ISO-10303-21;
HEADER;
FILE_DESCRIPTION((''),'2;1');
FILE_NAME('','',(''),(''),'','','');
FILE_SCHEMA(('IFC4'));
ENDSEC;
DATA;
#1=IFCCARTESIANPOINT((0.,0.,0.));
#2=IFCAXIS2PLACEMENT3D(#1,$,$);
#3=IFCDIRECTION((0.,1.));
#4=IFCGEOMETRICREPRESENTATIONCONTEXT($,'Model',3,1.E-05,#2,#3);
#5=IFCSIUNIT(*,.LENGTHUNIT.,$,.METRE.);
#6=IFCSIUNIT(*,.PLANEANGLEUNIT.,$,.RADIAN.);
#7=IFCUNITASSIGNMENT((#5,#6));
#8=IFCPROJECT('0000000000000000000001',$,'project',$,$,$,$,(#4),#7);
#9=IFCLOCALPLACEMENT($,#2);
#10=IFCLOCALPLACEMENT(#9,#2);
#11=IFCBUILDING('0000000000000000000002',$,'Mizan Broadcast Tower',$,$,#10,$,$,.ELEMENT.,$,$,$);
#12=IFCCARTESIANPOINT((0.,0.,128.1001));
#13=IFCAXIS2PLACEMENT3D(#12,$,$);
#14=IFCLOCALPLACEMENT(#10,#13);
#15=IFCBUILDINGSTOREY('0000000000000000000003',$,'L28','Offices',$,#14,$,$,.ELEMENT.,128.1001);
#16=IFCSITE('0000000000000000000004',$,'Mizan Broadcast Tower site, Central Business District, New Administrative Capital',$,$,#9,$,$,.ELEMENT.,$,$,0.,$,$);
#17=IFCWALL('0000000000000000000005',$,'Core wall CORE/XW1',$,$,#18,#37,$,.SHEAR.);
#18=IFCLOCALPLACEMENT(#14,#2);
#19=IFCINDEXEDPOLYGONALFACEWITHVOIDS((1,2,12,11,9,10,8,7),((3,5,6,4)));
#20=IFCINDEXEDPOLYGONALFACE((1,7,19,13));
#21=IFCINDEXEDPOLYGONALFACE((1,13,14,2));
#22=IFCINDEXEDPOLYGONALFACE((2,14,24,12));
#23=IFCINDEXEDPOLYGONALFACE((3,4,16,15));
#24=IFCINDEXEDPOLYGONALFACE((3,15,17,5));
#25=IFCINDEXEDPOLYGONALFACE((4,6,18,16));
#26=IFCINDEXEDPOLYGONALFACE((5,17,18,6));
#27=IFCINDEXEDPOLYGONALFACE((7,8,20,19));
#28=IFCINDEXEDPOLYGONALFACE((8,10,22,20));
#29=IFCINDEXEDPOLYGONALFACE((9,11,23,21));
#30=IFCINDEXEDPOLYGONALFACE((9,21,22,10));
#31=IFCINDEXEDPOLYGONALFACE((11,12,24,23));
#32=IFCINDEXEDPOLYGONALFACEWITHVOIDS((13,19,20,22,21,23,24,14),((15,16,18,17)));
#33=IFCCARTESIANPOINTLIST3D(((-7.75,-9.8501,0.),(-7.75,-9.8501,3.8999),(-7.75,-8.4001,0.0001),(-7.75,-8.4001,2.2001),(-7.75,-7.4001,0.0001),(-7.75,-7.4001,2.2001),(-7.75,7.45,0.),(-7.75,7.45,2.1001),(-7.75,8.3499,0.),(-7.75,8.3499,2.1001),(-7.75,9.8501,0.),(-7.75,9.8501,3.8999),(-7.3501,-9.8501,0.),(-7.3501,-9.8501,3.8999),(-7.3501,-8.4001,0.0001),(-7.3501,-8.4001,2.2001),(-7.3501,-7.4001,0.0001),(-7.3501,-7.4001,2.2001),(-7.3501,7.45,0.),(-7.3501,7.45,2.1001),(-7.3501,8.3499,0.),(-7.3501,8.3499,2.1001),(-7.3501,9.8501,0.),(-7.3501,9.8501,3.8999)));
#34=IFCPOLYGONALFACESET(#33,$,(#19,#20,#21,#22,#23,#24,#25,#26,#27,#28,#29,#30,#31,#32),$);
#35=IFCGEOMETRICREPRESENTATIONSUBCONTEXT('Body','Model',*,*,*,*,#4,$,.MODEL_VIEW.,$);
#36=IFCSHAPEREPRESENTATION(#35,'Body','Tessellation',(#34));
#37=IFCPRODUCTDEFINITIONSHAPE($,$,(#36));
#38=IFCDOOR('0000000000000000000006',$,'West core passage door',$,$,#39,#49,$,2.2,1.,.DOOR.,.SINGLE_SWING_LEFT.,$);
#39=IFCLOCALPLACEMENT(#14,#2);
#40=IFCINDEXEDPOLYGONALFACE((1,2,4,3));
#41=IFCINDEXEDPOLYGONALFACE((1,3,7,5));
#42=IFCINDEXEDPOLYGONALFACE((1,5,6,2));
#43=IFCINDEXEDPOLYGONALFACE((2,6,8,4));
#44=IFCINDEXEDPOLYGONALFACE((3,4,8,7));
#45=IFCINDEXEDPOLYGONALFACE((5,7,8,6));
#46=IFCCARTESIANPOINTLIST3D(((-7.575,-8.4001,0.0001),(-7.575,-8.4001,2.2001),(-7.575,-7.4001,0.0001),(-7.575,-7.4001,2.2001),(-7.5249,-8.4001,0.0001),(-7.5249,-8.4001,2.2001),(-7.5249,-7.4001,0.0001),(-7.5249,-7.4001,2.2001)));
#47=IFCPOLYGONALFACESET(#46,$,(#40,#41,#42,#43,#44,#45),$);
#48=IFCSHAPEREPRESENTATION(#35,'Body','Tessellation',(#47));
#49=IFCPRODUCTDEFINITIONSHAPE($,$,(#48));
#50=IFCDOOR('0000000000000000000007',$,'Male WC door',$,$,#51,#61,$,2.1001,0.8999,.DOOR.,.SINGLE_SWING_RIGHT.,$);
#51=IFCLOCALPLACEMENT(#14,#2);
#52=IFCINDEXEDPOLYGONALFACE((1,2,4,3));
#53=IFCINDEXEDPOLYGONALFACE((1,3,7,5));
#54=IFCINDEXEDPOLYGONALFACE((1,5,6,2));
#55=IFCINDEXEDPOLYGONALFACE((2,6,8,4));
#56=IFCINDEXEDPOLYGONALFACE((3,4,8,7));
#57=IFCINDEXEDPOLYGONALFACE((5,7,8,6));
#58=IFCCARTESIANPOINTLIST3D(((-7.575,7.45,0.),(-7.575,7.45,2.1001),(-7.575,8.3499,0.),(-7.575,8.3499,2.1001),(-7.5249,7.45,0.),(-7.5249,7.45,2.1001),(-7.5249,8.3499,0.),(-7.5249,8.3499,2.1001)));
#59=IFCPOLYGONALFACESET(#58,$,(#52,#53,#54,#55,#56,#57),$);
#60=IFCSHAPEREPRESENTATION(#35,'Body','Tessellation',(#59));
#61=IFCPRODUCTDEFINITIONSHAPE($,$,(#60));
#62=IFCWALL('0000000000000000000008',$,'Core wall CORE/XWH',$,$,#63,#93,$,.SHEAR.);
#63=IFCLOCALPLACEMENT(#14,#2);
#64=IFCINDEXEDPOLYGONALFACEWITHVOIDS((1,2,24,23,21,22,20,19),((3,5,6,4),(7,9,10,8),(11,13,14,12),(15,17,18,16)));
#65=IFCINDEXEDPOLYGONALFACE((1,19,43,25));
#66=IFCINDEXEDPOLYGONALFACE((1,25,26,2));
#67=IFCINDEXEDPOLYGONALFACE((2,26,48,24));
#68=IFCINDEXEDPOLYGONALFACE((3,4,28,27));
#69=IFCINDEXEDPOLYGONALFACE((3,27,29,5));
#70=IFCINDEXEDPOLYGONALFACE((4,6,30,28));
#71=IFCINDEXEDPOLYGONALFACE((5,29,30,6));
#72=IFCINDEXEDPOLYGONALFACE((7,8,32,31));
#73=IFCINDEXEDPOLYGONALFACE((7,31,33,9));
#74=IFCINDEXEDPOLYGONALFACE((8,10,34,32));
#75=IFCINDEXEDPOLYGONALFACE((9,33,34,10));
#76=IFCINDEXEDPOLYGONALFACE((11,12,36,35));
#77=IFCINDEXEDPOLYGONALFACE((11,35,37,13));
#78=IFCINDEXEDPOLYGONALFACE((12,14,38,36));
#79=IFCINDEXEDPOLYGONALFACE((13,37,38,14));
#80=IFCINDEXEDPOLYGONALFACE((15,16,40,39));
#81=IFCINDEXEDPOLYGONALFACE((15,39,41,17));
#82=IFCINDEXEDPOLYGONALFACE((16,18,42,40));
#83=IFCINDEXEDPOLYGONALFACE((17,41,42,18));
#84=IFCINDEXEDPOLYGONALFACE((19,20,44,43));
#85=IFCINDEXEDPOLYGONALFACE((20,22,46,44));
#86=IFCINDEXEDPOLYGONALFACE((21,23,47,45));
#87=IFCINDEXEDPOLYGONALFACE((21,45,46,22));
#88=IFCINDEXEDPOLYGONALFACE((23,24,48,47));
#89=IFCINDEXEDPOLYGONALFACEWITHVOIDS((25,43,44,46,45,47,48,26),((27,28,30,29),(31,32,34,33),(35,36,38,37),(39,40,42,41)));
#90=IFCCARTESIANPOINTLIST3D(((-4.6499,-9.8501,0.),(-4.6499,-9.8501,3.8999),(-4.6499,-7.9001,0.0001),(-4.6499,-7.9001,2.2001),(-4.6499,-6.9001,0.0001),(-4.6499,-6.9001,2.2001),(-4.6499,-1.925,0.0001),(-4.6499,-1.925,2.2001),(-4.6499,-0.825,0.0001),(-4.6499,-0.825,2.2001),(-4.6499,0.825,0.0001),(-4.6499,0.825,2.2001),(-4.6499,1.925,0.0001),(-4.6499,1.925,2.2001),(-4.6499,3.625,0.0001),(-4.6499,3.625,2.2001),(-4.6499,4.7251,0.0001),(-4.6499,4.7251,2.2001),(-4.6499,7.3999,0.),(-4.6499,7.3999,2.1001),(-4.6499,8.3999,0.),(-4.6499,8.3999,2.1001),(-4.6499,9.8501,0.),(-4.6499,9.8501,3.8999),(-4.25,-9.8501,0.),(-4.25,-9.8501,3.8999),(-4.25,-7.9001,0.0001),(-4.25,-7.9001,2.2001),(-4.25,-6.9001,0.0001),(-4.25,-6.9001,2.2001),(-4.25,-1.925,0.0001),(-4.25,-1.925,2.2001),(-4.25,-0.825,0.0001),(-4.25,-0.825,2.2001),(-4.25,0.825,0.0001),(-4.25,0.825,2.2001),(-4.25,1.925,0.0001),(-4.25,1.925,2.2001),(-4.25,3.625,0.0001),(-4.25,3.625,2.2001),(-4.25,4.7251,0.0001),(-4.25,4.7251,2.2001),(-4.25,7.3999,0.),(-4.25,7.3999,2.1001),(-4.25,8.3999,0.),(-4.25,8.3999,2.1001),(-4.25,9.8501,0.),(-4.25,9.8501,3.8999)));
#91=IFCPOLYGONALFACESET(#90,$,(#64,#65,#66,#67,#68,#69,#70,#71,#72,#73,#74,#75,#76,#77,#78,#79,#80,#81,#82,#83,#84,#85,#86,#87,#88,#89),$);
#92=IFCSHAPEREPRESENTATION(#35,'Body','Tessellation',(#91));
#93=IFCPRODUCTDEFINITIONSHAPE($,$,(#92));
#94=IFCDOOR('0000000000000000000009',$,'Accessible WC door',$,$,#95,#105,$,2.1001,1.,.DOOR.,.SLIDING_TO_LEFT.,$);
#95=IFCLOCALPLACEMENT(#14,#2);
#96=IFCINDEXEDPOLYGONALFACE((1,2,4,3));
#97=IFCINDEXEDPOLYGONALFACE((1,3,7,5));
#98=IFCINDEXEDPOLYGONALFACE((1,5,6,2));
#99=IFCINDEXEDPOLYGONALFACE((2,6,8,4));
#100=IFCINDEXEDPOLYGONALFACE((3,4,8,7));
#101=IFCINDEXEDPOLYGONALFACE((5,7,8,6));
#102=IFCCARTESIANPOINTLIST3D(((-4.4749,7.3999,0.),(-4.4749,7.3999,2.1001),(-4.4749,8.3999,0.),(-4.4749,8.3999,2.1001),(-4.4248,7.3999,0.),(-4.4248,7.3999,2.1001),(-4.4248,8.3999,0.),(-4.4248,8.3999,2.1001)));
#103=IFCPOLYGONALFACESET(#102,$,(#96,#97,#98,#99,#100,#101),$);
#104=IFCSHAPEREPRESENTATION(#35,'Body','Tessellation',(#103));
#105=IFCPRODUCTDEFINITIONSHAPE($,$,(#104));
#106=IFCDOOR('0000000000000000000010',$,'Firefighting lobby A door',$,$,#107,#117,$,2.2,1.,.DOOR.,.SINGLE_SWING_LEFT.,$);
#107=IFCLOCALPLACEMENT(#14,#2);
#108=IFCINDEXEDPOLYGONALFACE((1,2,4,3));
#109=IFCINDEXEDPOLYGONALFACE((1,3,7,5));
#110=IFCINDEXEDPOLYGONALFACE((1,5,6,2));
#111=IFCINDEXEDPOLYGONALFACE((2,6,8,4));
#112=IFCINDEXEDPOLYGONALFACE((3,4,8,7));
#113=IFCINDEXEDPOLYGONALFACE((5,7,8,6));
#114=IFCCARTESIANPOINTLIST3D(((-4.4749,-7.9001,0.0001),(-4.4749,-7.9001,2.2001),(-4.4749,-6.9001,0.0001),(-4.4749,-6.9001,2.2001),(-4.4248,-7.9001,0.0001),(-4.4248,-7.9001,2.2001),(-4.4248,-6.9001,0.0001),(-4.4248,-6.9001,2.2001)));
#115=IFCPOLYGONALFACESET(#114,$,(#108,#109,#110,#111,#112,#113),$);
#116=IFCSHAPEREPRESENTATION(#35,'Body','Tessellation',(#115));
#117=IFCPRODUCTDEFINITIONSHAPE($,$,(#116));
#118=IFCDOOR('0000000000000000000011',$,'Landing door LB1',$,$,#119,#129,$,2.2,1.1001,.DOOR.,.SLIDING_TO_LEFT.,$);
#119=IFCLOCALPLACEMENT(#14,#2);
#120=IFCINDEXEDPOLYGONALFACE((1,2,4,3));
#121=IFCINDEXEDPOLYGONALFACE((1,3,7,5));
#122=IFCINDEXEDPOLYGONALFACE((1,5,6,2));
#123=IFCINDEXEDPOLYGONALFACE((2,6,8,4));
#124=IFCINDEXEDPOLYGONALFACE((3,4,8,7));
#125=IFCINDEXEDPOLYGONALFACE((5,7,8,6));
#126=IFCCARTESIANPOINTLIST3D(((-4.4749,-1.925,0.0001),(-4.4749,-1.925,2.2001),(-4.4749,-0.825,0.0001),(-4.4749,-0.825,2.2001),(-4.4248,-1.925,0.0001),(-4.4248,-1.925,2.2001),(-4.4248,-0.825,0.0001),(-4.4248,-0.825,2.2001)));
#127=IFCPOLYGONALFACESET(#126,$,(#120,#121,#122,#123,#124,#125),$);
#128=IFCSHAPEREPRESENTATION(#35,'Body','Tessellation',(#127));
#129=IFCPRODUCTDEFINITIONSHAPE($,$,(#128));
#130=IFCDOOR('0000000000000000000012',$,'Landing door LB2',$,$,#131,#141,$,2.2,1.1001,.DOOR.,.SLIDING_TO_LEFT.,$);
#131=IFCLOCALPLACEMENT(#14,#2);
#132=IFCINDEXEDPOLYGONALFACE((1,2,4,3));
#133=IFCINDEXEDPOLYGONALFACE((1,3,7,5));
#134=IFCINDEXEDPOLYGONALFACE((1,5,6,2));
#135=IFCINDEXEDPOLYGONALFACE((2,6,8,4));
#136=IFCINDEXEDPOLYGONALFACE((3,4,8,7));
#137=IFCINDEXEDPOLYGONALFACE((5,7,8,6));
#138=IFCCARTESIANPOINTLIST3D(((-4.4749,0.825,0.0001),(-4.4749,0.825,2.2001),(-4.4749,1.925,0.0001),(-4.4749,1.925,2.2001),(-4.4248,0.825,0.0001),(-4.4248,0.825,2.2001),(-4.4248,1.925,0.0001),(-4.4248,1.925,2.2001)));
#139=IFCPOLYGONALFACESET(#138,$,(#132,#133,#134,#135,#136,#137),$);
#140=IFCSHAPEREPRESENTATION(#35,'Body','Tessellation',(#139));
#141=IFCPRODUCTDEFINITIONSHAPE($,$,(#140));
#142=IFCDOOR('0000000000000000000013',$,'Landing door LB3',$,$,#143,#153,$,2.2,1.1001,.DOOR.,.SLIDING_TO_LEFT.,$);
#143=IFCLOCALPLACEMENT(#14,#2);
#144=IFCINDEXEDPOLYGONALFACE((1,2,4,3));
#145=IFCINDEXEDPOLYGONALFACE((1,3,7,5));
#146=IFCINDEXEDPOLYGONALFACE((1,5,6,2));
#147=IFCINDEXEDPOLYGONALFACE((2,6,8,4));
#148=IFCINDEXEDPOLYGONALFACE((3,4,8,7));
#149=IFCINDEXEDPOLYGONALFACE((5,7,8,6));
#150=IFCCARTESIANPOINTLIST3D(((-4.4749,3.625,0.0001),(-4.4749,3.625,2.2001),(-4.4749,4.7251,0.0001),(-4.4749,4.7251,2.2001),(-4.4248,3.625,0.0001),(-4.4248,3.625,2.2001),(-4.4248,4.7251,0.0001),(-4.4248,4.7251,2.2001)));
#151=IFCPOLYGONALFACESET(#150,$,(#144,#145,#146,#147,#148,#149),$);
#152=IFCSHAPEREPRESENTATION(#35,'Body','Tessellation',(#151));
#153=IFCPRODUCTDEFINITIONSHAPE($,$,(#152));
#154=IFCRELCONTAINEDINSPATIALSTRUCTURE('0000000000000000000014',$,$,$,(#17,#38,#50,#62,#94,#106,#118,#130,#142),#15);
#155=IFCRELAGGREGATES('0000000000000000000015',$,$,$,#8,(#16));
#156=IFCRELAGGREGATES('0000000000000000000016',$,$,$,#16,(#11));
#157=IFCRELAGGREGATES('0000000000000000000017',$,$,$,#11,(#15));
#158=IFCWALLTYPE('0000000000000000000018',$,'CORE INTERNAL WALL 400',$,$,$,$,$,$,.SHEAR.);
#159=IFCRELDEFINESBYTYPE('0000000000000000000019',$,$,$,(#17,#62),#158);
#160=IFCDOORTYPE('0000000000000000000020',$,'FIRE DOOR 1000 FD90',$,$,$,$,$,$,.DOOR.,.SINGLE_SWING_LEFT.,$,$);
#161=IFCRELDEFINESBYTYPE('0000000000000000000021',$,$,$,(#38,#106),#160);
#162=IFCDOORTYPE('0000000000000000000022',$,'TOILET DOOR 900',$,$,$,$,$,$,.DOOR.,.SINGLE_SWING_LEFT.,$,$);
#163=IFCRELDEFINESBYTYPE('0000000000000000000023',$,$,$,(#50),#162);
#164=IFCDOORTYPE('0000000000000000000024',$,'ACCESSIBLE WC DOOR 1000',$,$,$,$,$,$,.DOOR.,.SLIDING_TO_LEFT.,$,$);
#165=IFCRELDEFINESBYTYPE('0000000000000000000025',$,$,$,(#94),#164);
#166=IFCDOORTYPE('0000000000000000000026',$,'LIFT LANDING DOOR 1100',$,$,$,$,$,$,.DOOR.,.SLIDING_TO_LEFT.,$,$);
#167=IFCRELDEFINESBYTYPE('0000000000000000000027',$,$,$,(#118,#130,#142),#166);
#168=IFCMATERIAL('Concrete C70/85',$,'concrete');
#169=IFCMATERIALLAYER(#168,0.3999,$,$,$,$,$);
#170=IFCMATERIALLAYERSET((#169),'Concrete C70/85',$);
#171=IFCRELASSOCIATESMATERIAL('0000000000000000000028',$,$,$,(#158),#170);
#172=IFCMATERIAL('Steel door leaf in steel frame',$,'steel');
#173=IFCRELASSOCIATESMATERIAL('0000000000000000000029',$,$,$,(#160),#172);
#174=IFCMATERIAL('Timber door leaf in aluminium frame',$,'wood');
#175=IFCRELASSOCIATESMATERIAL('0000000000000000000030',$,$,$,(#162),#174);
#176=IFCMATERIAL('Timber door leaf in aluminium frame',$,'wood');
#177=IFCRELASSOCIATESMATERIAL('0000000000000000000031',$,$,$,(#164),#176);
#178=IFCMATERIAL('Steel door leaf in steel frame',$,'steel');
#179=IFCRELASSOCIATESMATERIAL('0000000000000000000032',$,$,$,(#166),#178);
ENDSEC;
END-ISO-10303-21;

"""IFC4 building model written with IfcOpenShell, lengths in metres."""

from ifc_helpers import new_model, si_unit, direction, frame, frame_2d, origin, place, context, subcontext, project, spatial, rectangle, extrude, material, layer, layer_set, type_object, element, fill, save


model = new_model("IFC4")

# Units and contexts
model_context = context("Model", 3, precision=1e-05, world=origin(), true_north=direction((0.0, 1.0)))
body_context = subcontext(model_context, "Body", "Model", "MODEL_VIEW")
ifc_project = project(units=[si_unit("LENGTHUNIT", "METRE"), si_unit("PLANEANGLEUNIT", "RADIAN")], contexts=[model_context])

# Site, building, storey
site_placement = place(None, origin())
site = spatial("IfcSite", under=ifc_project, at=site_placement, Name="Mizan Broadcast Tower site, Central Business District, New Administrative Capital", CompositionType="ELEMENT", RefElevation=0.0)
building_placement = place(site_placement, origin())
building = spatial("IfcBuilding", under=site, at=building_placement, Name="Mizan Broadcast Tower", CompositionType="ELEMENT")
storey_placement = place(building_placement, frame((0.0, 0.0, 128.1001)))
storey = spatial("IfcBuildingStorey", under=building, at=storey_placement, Name="L28", Description="Offices", CompositionType="ELEMENT", Elevation=128.1001)

# Walls, openings, doors
ifc_material_1 = material(Name="Concrete C70/85", Category="concrete")
ifc_layer_1 = layer(ifc_material_1, 0.3999)
ifc_layer_set_1 = layer_set([ifc_layer_1], Name="Concrete C70/85")
wall_type_1 = type_object("IfcWallType", Name="CORE INTERNAL WALL 400", PredefinedType="SHEAR", material=ifc_layer_set_1)
wall_1_placement = place(storey_placement, frame((-7.55, -9.8501, 0.0), z_axis=(0.0, 0.0, 1.0), x_axis=(0.0, 1.0, 0.0)))
wall_1 = element("IfcWall", 1, at=wall_1_placement, inside=storey, type_object=wall_type_1, Name="Core wall CORE/XW1", PredefinedType="SHEAR", context=body_context, shape_type="SweptSolid", body=[
    extrude(rectangle(XDim=19.7002, YDim=0.3999, at=frame_2d((9.8501, 0.0))), origin(), (0.0, 0.0, 1.0), 3.8999),
])
opening_1_placement = place(wall_1_placement, frame((1.45, 0.0, 0.0)))
opening_1 = element("IfcOpeningElement", 2, at=opening_1_placement, cuts=wall_1, PredefinedType="OPENING", context=body_context, shape_type="SweptSolid", body=[
    extrude(rectangle(XDim=1.0, YDim=2.2, at=frame_2d((0.5, 1.1001))), frame((0.0, 0.21, 0.0), z_axis=(0.0, -1.0, 0.0), x_axis=(1.0, 0.0, 0.0)), (0.0, 0.0, 1.0), 0.4199),
])
opening_2_placement = place(wall_1_placement, frame((17.3, 0.0, 0.0)))
opening_2 = element("IfcOpeningElement", 3, at=opening_2_placement, cuts=wall_1, PredefinedType="OPENING", context=body_context, shape_type="SweptSolid", body=[
    extrude(rectangle(XDim=0.8999, YDim=2.1001, at=frame_2d((0.45, 1.05))), frame((0.0, 0.21, 0.0), z_axis=(0.0, -1.0, 0.0), x_axis=(1.0, 0.0, 0.0)), (0.0, 0.0, 1.0), 0.4199),
])
ifc_material_2 = material(Name="Steel door leaf in steel frame", Category="steel")
door_type_1 = type_object("IfcDoorType", Name="FIRE DOOR 1000 FD90", OperationType="SINGLE_SWING_LEFT", PredefinedType="DOOR", material=ifc_material_2)
door_1_placement = place(opening_1_placement, origin())
door_1 = element("IfcDoor", 4, at=door_1_placement, inside=storey, type_object=door_type_1, Name="West core passage door", OperationType="SINGLE_SWING_LEFT", OverallHeight=2.2, OverallWidth=1.0, PredefinedType="DOOR", context=body_context, shape_type="SweptSolid", body=[
    extrude(rectangle(XDim=1.0, YDim=2.2, at=frame_2d((0.5, 1.1001))), frame((0.0, 0.0249, 0.0), z_axis=(0.0, -1.0, 0.0), x_axis=(1.0, 0.0, 0.0)), (0.0, 0.0, 1.0), 0.05),
])
fill(opening_1, door_1)
ifc_material_3 = material(Name="Timber door leaf in aluminium frame", Category="wood")
door_type_2 = type_object("IfcDoorType", Name="TOILET DOOR 900", OperationType="SINGLE_SWING_LEFT", PredefinedType="DOOR", material=ifc_material_3)
door_2_placement = place(opening_2_placement, origin())
door_2 = element("IfcDoor", 5, at=door_2_placement, inside=storey, type_object=door_type_2, Name="Male WC door", OperationType="SINGLE_SWING_RIGHT", OverallHeight=2.1001, OverallWidth=0.8999, PredefinedType="DOOR", context=body_context, shape_type="SweptSolid", body=[
    extrude(rectangle(XDim=0.8999, YDim=2.1001, at=frame_2d((0.45, 1.05))), frame((0.0, 0.0249, 0.0), z_axis=(0.0, -1.0, 0.0), x_axis=(1.0, 0.0, 0.0)), (0.0, 0.0, 1.0), 0.05),
])
fill(opening_2, door_2)
wall_2_placement = place(storey_placement, frame((-4.45, -9.8501, 0.0), z_axis=(0.0, 0.0, 1.0), x_axis=(0.0, 1.0, 0.0)))
wall_2 = element("IfcWall", 6, at=wall_2_placement, inside=storey, type_object=wall_type_1, Name="Core wall CORE/XWH", PredefinedType="SHEAR", context=body_context, shape_type="SweptSolid", body=[
    extrude(rectangle(XDim=19.7002, YDim=0.3999, at=frame_2d((9.8501, 0.0))), origin(), (0.0, 0.0, 1.0), 3.8999),
])
opening_3_placement = place(wall_2_placement, frame((1.95, 0.0, 0.0)))
opening_3 = element("IfcOpeningElement", 7, at=opening_3_placement, cuts=wall_2, PredefinedType="OPENING", context=body_context, shape_type="SweptSolid", body=[
    extrude(rectangle(XDim=1.0, YDim=2.2, at=frame_2d((0.5, 1.1001))), frame((0.0, 0.21, 0.0), z_axis=(0.0, -1.0, 0.0), x_axis=(1.0, 0.0, 0.0)), (0.0, 0.0, 1.0), 0.4199),
])
opening_4_placement = place(wall_2_placement, frame((17.25, 0.0, 0.0)))
opening_4 = element("IfcOpeningElement", 8, at=opening_4_placement, cuts=wall_2, PredefinedType="OPENING", context=body_context, shape_type="SweptSolid", body=[
    extrude(rectangle(XDim=1.0, YDim=2.1001, at=frame_2d((0.5, 1.05))), frame((0.0, 0.21, 0.0), z_axis=(0.0, -1.0, 0.0), x_axis=(1.0, 0.0, 0.0)), (0.0, 0.0, 1.0), 0.4199),
])
opening_5_placement = place(wall_2_placement, frame((7.925, 0.0, 0.0)))
opening_5 = element("IfcOpeningElement", 9, at=opening_5_placement, cuts=wall_2, PredefinedType="OPENING", context=body_context, shape_type="SweptSolid", body=[
    extrude(rectangle(XDim=1.1001, YDim=2.2, at=frame_2d((0.55, 1.1001))), frame((0.0, 0.21, 0.0), z_axis=(0.0, -1.0, 0.0), x_axis=(1.0, 0.0, 0.0)), (0.0, 0.0, 1.0), 0.4199),
])
opening_6_placement = place(wall_2_placement, frame((10.675, 0.0, 0.0)))
opening_6 = element("IfcOpeningElement", 10, at=opening_6_placement, cuts=wall_2, PredefinedType="OPENING", context=body_context, shape_type="SweptSolid", body=[
    extrude(rectangle(XDim=1.1001, YDim=2.2, at=frame_2d((0.55, 1.1001))), frame((0.0, 0.21, 0.0), z_axis=(0.0, -1.0, 0.0), x_axis=(1.0, 0.0, 0.0)), (0.0, 0.0, 1.0), 0.4199),
])
opening_7_placement = place(wall_2_placement, frame((13.4751, 0.0, 0.0)))
opening_7 = element("IfcOpeningElement", 11, at=opening_7_placement, cuts=wall_2, PredefinedType="OPENING", context=body_context, shape_type="SweptSolid", body=[
    extrude(rectangle(XDim=1.1001, YDim=2.2, at=frame_2d((0.55, 1.1001))), frame((0.0, 0.21, 0.0), z_axis=(0.0, -1.0, 0.0), x_axis=(1.0, 0.0, 0.0)), (0.0, 0.0, 1.0), 0.4199),
])
ifc_material_4 = material(Name="Timber door leaf in aluminium frame", Category="wood")
door_type_3 = type_object("IfcDoorType", Name="ACCESSIBLE WC DOOR 1000", OperationType="SLIDING_TO_LEFT", PredefinedType="DOOR", material=ifc_material_4)
door_3_placement = place(opening_4_placement, origin())
door_3 = element("IfcDoor", 12, at=door_3_placement, inside=storey, type_object=door_type_3, Name="Accessible WC door", OperationType="SLIDING_TO_LEFT", OverallHeight=2.1001, OverallWidth=1.0, PredefinedType="DOOR", context=body_context, shape_type="SweptSolid", body=[
    extrude(rectangle(XDim=1.0, YDim=2.1001, at=frame_2d((0.5, 1.05))), frame((0.0, 0.0249, 0.0), z_axis=(0.0, -1.0, 0.0), x_axis=(1.0, 0.0, 0.0)), (0.0, 0.0, 1.0), 0.05),
])
fill(opening_4, door_3)
door_4_placement = place(opening_3_placement, origin())
door_4 = element("IfcDoor", 13, at=door_4_placement, inside=storey, type_object=door_type_1, Name="Firefighting lobby A door", OperationType="SINGLE_SWING_LEFT", OverallHeight=2.2, OverallWidth=1.0, PredefinedType="DOOR", context=body_context, shape_type="SweptSolid", body=[
    extrude(rectangle(XDim=1.0, YDim=2.2, at=frame_2d((0.5, 1.1001))), frame((0.0, 0.0249, 0.0), z_axis=(0.0, -1.0, 0.0), x_axis=(1.0, 0.0, 0.0)), (0.0, 0.0, 1.0), 0.05),
])
fill(opening_3, door_4)
ifc_material_5 = material(Name="Steel door leaf in steel frame", Category="steel")
door_type_4 = type_object("IfcDoorType", Name="LIFT LANDING DOOR 1100", OperationType="SLIDING_TO_LEFT", PredefinedType="DOOR", material=ifc_material_5)
door_5_placement = place(opening_5_placement, origin())
door_5 = element("IfcDoor", 14, at=door_5_placement, inside=storey, type_object=door_type_4, Name="Landing door LB1", OperationType="SLIDING_TO_LEFT", OverallHeight=2.2, OverallWidth=1.1001, PredefinedType="DOOR", context=body_context, shape_type="SweptSolid", body=[
    extrude(rectangle(XDim=1.1001, YDim=2.2, at=frame_2d((0.55, 1.1001))), frame((0.0, 0.0249, 0.0), z_axis=(0.0, -1.0, 0.0), x_axis=(1.0, 0.0, 0.0)), (0.0, 0.0, 1.0), 0.05),
])
fill(opening_5, door_5)
door_6_placement = place(opening_6_placement, origin())
door_6 = element("IfcDoor", 15, at=door_6_placement, inside=storey, type_object=door_type_4, Name="Landing door LB2", OperationType="SLIDING_TO_LEFT", OverallHeight=2.2, OverallWidth=1.1001, PredefinedType="DOOR", context=body_context, shape_type="SweptSolid", body=[
    extrude(rectangle(XDim=1.1001, YDim=2.2, at=frame_2d((0.55, 1.1001))), frame((0.0, 0.0249, 0.0), z_axis=(0.0, -1.0, 0.0), x_axis=(1.0, 0.0, 0.0)), (0.0, 0.0, 1.0), 0.05),
])
fill(opening_6, door_6)
door_7_placement = place(opening_7_placement, origin())
door_7 = element("IfcDoor", 16, at=door_7_placement, inside=storey, type_object=door_type_4, Name="Landing door LB3", OperationType="SLIDING_TO_LEFT", OverallHeight=2.2, OverallWidth=1.1001, PredefinedType="DOOR", context=body_context, shape_type="SweptSolid", body=[
    extrude(rectangle(XDim=1.1001, YDim=2.2, at=frame_2d((0.55, 1.1001))), frame((0.0, 0.0249, 0.0), z_axis=(0.0, -1.0, 0.0), x_axis=(1.0, 0.0, 0.0)), (0.0, 0.0, 1.0), 0.05),
])
fill(opening_7, door_7)

save(model, "model.ifc")
